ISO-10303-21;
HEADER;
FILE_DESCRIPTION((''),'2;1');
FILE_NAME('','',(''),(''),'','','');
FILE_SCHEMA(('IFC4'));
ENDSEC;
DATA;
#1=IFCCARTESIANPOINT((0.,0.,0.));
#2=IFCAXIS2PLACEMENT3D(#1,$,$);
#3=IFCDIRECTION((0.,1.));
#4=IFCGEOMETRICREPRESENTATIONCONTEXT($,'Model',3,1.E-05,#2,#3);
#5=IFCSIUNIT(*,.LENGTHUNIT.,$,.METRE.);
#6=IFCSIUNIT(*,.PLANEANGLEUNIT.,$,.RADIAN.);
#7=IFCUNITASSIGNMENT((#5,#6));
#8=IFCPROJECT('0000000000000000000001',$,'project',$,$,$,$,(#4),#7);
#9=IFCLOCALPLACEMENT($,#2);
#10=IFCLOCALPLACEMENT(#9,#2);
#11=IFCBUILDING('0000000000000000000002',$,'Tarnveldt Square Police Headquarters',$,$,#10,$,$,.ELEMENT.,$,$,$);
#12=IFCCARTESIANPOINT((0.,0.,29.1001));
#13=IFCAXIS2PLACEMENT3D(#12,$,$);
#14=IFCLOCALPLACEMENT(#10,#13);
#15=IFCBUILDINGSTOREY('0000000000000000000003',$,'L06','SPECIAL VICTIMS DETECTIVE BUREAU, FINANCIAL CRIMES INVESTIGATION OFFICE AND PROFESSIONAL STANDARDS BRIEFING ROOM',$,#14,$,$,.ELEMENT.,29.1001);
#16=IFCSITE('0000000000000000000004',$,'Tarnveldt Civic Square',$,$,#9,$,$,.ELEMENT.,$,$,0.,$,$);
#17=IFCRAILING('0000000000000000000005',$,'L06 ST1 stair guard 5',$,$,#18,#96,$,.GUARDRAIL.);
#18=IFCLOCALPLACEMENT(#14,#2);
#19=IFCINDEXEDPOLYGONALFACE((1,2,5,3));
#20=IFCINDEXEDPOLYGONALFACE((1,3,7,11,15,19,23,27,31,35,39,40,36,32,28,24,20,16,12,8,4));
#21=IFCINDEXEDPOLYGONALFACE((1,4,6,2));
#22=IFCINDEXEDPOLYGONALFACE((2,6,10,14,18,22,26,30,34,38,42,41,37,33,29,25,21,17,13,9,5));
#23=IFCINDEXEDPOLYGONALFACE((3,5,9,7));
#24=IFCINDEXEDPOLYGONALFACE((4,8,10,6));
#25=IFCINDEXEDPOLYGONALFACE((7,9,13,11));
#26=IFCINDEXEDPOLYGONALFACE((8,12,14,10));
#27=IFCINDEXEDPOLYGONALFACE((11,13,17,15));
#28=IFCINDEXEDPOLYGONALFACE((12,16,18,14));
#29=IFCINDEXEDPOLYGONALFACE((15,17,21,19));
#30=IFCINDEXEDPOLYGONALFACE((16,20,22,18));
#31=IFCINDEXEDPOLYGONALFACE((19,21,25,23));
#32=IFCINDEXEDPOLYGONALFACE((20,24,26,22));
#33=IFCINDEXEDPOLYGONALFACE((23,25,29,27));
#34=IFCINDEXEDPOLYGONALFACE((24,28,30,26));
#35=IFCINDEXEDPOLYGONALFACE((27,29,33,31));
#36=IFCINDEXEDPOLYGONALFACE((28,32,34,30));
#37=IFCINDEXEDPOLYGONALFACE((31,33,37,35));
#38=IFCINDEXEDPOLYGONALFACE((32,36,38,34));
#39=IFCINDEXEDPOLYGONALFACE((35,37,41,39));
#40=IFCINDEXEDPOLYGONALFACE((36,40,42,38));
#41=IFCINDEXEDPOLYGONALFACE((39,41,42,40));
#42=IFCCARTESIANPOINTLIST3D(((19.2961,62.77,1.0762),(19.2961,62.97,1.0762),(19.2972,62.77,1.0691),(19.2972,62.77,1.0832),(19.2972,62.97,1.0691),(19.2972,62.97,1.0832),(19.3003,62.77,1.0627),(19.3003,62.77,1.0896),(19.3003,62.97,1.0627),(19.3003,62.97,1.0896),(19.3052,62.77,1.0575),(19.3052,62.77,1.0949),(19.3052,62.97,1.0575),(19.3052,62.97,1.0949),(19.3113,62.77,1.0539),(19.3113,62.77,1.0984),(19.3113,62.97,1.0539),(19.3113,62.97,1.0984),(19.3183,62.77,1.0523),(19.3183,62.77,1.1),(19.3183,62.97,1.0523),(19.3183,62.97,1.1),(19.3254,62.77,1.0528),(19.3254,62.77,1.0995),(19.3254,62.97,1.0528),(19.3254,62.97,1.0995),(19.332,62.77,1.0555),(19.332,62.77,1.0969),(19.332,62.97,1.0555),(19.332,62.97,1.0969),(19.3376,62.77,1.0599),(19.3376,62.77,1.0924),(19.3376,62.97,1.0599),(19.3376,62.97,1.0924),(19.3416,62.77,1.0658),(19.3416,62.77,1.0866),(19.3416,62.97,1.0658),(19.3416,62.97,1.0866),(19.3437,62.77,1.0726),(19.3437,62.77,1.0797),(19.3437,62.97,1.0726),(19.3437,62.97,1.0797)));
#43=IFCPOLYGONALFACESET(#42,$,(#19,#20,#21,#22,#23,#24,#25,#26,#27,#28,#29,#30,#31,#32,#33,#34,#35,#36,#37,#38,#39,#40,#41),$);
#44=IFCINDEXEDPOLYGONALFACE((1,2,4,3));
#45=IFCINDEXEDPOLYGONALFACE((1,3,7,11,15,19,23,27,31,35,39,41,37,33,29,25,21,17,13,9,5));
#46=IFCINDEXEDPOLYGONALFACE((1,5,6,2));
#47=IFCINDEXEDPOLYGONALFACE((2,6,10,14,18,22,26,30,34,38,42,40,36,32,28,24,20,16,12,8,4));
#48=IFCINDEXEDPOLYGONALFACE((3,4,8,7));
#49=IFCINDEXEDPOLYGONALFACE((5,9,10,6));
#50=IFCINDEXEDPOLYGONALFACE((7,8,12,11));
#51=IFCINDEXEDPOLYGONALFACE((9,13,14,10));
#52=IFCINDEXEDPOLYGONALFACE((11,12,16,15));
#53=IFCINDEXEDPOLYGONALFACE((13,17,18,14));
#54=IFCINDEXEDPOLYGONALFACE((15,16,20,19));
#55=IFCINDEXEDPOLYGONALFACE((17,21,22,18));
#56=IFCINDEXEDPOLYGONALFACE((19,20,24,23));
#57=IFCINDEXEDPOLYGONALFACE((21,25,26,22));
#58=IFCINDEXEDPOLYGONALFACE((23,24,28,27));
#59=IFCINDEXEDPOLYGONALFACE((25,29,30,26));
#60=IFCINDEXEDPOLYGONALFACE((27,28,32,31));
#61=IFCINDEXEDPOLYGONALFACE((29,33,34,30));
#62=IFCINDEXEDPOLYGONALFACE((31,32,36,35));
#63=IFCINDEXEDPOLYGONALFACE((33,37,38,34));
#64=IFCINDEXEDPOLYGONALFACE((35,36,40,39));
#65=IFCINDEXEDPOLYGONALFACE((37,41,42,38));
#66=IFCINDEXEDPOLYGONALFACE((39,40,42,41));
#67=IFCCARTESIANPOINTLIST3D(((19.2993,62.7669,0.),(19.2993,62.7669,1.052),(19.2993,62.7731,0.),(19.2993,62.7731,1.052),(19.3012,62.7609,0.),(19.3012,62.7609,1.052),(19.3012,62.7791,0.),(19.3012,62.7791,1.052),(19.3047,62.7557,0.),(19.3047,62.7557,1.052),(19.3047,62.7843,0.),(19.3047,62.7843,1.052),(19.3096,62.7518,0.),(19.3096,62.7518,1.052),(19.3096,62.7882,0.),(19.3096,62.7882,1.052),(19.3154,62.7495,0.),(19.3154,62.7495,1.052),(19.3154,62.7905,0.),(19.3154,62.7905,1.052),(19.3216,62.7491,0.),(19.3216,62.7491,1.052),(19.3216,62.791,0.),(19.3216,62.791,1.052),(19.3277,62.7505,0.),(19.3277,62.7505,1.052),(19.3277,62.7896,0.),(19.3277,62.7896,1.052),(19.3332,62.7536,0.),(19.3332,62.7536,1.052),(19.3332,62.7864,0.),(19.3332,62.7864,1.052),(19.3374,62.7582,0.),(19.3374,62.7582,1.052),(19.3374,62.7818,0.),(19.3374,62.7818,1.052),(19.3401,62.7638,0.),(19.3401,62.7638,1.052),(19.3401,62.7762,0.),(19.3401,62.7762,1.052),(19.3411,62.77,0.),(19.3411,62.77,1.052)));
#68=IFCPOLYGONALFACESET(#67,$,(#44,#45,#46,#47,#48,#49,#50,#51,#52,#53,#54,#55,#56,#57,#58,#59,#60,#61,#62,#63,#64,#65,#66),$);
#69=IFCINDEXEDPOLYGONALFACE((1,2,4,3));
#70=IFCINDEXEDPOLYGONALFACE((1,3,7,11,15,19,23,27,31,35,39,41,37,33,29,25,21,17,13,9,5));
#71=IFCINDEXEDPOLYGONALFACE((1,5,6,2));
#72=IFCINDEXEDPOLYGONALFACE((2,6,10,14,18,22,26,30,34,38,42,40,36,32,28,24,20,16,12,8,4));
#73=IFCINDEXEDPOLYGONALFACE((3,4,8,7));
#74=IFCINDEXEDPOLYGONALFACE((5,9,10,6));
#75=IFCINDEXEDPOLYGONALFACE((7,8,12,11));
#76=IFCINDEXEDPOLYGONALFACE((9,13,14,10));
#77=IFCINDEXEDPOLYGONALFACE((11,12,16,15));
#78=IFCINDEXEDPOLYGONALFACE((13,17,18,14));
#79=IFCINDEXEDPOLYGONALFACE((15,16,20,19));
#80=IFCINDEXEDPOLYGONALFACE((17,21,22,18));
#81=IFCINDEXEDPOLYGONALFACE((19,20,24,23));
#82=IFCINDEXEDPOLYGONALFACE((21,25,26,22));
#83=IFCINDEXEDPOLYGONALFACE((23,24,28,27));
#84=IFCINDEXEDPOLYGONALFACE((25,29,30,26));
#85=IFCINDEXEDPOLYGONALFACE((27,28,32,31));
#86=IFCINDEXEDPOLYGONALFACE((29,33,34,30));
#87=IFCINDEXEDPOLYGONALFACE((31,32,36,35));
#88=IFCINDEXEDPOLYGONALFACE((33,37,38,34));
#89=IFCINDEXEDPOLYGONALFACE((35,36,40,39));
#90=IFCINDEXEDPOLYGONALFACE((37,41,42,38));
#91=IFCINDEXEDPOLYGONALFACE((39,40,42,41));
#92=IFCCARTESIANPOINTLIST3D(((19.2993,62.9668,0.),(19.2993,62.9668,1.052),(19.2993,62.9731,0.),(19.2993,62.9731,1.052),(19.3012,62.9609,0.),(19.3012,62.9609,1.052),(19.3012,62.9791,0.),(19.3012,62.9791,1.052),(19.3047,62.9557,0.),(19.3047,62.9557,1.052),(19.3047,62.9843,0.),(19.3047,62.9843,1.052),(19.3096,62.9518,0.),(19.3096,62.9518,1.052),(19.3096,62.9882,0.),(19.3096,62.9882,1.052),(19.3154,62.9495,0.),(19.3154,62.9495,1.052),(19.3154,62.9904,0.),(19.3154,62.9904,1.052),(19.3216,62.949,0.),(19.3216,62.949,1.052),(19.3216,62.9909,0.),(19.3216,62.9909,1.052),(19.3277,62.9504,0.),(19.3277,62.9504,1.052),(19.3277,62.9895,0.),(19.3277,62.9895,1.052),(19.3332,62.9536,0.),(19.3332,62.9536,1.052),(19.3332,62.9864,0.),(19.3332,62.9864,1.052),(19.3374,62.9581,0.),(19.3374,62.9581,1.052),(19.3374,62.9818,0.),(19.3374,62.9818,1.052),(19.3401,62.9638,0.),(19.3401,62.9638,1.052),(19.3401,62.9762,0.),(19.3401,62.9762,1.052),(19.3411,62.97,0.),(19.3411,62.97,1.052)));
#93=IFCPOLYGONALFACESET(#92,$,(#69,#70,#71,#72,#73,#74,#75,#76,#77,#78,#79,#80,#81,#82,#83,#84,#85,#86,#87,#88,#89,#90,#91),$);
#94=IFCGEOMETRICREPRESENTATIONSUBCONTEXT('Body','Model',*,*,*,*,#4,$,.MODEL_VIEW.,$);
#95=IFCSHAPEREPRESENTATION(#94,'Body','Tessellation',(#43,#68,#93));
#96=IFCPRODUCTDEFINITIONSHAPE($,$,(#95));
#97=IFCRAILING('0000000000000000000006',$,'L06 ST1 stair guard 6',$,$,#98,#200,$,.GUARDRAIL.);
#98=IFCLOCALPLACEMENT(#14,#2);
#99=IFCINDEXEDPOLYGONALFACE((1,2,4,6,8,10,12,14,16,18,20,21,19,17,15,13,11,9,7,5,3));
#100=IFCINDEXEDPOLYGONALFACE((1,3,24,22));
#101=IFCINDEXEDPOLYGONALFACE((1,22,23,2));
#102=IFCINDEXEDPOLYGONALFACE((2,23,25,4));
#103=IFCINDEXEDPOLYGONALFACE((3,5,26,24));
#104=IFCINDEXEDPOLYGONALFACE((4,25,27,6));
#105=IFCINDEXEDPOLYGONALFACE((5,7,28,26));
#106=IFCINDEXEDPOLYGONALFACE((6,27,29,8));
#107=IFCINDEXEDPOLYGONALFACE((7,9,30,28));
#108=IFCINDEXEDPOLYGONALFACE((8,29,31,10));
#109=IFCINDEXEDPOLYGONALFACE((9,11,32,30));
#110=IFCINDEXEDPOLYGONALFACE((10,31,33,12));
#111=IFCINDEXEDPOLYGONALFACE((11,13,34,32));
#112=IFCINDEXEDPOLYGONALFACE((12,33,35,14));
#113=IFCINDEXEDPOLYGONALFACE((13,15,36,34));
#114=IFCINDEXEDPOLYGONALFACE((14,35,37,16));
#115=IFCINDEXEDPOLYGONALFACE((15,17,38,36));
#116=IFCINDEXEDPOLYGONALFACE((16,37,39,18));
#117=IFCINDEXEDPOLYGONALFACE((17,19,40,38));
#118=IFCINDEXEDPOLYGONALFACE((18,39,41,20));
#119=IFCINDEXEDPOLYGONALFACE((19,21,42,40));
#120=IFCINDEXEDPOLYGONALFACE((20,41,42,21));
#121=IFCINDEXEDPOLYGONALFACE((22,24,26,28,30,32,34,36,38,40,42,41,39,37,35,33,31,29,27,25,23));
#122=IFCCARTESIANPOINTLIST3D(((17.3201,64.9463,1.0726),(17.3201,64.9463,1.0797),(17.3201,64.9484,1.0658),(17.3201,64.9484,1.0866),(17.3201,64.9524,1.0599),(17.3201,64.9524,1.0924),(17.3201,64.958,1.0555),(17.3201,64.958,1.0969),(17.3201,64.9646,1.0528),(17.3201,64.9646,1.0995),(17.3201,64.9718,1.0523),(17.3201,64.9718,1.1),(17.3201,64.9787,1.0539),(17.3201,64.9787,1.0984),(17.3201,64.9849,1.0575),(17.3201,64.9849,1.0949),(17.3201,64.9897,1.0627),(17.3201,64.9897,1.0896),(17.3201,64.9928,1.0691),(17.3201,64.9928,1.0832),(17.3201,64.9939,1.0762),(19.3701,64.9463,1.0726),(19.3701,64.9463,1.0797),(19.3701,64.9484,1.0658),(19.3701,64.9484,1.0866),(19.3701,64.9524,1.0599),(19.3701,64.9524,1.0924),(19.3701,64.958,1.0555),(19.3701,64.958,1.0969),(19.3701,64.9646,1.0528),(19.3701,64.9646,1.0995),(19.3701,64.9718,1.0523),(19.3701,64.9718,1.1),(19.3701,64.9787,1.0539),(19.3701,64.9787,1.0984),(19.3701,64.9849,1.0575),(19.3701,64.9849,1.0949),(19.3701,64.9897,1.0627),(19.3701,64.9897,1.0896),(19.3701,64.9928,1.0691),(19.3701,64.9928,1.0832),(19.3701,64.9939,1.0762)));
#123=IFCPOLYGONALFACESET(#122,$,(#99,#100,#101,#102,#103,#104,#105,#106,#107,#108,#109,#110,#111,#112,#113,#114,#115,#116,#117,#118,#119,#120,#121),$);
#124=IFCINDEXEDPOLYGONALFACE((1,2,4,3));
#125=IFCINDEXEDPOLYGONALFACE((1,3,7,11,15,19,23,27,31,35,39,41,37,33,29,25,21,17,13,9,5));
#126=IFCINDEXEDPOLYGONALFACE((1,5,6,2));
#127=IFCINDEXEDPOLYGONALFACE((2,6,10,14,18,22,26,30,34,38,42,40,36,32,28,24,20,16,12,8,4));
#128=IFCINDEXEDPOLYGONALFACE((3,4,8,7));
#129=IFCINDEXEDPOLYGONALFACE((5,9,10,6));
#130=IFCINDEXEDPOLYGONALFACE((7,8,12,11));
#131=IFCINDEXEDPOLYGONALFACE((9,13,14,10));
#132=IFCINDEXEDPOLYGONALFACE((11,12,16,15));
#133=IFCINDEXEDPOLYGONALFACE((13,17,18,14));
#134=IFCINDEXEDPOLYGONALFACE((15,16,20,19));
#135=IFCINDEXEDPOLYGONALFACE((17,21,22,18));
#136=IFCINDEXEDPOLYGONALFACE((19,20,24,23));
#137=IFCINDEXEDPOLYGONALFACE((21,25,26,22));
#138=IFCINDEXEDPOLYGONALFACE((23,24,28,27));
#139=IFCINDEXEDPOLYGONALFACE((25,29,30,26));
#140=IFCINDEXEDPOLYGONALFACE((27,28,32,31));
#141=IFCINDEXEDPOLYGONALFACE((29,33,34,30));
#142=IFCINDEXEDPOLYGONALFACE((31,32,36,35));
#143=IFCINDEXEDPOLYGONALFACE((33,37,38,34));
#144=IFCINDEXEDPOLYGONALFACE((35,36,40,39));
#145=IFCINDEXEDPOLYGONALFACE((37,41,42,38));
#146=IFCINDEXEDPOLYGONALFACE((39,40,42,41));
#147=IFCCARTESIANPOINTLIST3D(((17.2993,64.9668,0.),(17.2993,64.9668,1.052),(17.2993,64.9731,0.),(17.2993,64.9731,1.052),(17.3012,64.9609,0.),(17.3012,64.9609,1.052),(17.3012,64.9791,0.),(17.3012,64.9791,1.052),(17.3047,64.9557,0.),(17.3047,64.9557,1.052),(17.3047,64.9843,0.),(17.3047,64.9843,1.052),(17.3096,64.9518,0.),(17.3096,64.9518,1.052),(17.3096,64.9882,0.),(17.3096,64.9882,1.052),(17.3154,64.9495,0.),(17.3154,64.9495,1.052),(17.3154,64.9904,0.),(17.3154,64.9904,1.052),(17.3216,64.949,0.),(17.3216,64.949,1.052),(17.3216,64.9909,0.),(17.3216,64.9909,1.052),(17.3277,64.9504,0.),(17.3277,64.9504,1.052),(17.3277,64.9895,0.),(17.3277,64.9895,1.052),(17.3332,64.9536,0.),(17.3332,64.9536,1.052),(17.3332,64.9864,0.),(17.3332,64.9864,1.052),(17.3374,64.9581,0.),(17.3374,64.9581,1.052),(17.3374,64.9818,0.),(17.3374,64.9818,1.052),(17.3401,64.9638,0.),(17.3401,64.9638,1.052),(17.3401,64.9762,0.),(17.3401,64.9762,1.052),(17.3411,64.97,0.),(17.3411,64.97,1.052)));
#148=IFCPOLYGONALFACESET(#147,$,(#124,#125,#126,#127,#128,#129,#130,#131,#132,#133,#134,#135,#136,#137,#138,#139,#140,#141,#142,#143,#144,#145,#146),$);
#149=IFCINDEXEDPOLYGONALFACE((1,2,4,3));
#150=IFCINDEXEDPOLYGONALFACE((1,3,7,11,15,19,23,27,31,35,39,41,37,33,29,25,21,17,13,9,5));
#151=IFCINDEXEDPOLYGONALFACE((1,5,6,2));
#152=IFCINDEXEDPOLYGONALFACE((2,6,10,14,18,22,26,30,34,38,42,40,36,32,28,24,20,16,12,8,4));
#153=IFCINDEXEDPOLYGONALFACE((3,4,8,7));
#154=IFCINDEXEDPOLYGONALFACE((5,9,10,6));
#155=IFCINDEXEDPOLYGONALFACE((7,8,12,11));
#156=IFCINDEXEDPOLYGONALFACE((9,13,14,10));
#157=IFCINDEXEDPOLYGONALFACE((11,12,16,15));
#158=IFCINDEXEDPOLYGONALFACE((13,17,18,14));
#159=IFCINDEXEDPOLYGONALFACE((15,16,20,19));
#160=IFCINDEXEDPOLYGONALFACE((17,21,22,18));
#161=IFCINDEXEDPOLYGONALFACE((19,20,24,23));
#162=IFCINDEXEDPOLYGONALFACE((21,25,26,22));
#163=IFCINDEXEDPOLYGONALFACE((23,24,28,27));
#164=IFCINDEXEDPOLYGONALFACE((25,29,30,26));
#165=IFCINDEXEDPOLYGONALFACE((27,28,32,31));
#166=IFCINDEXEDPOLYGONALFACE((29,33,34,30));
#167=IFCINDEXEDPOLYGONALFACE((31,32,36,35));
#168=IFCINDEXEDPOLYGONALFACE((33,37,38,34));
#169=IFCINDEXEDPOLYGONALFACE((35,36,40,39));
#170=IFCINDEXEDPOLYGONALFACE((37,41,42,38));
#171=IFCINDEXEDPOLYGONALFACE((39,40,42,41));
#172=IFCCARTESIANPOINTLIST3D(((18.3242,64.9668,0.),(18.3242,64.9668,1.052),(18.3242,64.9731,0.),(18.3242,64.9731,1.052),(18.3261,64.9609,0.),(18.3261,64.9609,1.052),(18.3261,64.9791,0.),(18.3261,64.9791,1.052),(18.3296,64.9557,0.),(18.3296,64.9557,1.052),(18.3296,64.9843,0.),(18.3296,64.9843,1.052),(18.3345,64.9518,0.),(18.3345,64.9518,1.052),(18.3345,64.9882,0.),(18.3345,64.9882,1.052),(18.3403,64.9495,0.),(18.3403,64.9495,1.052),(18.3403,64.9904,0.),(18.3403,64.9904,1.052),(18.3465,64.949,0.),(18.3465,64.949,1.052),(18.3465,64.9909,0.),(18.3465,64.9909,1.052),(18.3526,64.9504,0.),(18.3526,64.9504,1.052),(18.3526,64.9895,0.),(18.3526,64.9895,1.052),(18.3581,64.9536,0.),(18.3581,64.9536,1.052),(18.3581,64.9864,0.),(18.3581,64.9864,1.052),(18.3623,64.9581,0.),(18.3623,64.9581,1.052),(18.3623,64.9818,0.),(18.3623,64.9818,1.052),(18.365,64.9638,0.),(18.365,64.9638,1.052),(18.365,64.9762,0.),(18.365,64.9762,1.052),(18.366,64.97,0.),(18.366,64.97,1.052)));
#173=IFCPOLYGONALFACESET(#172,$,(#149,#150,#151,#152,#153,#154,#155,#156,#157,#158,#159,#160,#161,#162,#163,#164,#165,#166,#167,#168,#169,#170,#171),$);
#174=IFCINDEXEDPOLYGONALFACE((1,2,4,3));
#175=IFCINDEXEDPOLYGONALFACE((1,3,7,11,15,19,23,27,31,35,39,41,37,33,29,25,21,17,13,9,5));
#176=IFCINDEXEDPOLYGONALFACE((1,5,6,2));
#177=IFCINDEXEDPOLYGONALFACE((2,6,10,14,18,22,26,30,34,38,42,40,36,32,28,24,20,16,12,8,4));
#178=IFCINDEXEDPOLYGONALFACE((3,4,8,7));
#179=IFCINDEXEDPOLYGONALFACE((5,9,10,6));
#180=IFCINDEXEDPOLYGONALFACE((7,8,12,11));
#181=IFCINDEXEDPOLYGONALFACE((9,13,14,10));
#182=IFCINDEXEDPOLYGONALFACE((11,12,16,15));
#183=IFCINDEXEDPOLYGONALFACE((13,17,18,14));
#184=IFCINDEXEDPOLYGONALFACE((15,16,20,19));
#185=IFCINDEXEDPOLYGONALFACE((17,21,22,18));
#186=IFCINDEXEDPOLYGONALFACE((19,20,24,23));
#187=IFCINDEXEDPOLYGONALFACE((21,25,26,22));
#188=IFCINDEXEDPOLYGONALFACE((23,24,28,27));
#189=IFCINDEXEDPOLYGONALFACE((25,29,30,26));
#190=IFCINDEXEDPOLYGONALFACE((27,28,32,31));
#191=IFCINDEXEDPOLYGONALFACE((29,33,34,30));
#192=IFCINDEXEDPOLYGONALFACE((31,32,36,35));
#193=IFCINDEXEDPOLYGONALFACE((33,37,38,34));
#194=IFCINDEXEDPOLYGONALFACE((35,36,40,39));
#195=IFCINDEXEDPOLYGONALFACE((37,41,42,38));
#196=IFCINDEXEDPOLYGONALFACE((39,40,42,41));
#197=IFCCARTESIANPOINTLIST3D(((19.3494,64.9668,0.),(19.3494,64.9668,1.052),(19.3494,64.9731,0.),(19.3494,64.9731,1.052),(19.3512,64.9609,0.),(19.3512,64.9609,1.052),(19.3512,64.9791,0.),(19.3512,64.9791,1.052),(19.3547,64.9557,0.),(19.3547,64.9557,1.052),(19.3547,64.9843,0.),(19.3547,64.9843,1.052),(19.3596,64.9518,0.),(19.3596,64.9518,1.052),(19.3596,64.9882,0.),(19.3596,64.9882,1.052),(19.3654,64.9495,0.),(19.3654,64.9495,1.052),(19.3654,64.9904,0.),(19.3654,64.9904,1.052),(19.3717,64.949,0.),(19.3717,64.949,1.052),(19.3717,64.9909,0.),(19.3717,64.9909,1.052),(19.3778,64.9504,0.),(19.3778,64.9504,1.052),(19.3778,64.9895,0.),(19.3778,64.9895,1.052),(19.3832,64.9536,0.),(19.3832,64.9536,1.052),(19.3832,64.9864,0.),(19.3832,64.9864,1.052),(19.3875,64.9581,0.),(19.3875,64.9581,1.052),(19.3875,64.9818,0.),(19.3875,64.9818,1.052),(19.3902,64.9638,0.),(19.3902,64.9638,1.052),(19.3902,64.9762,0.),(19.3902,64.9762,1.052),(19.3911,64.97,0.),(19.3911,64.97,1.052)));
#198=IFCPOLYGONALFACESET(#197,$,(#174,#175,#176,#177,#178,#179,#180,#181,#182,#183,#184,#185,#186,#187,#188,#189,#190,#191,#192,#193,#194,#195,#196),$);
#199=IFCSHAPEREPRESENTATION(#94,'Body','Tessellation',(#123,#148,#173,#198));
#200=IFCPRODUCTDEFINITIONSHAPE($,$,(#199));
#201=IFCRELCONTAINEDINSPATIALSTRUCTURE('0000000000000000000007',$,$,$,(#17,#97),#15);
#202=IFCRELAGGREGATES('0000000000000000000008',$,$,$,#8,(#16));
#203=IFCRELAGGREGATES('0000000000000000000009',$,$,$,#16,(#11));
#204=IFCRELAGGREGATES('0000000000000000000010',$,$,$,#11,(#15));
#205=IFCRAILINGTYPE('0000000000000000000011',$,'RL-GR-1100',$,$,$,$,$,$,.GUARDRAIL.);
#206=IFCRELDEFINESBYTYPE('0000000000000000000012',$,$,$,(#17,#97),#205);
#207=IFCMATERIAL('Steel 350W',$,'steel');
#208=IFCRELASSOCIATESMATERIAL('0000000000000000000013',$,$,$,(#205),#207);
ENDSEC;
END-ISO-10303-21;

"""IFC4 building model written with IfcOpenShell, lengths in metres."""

from ifc_helpers import new_model, si_unit, direction, frame, origin, origin_2d, place, context, subcontext, project, spatial, circle, extrude, material, type_object, element, save


model = new_model("IFC4")

# Units and contexts
model_context = context("Model", 3, precision=1e-05, world=origin(), true_north=direction((0.0, 1.0)))
body_context = subcontext(model_context, "Body", "Model", "MODEL_VIEW")
ifc_project = project(units=[si_unit("LENGTHUNIT", "METRE"), si_unit("PLANEANGLEUNIT", "RADIAN")], contexts=[model_context])

# Site, building, storey
site_placement = place(None, origin())
site = spatial("IfcSite", under=ifc_project, at=site_placement, Name="Tarnveldt Civic Square", CompositionType="ELEMENT", RefElevation=0.0)
building_placement = place(site_placement, origin())
building = spatial("IfcBuilding", under=site, at=building_placement, Name="Tarnveldt Square Police Headquarters", CompositionType="ELEMENT")
storey_placement = place(building_placement, frame((0.0, 0.0, 29.1001)))
storey = spatial("IfcBuildingStorey", under=building, at=storey_placement, Name="L06", Description="SPECIAL VICTIMS DETECTIVE BUREAU, FINANCIAL CRIMES INVESTIGATION OFFICE AND PROFESSIONAL STANDARDS BRIEFING ROOM", CompositionType="ELEMENT", Elevation=29.1001)

# Shared definitions
ifc_material_1 = material(Name="Steel 350W", Category="steel")

# Railings
railing_type_1 = type_object("IfcRailingType", Name="RL-GR-1100", PredefinedType="GUARDRAIL", material=ifc_material_1)
railing_1_placement = place(storey_placement, frame((19.3201, 62.77, 0.0)))
element("IfcRailing", 1, at=railing_1_placement, inside=storey, type_object=railing_type_1, Name="L06 ST1 stair guard 5", PredefinedType="GUARDRAIL", context=body_context, shape_type="SweptSolid", body=[
    extrude(circle(Radius=0.0239, at=origin_2d()), frame((0.0, 0.0, 1.0762), z_axis=(0.0, 1.0, 0.0), x_axis=(-1.0, 0.0, 0.0)), (0.0, 0.0, 1.0), 0.2),
    extrude(circle(Radius=0.021, at=origin_2d()), origin(), (0.0, 0.0, 1.0), 1.052),
    extrude(circle(Radius=0.021, at=origin_2d()), frame((0.0, 0.2, 0.0)), (0.0, 0.0, 1.0), 1.052),
])
railing_2_placement = place(storey_placement, frame((17.3201, 64.97, 0.0)))
element("IfcRailing", 2, at=railing_2_placement, inside=storey, type_object=railing_type_1, Name="L06 ST1 stair guard 6", PredefinedType="GUARDRAIL", context=body_context, shape_type="SweptSolid", body=[
    extrude(circle(Radius=0.0239, at=origin_2d()), frame((0.0, 0.0, 1.0762), z_axis=(1.0, 0.0, 0.0), x_axis=(0.0, 1.0, 0.0)), (0.0, 0.0, 1.0), 2.05),
    extrude(circle(Radius=0.021, at=origin_2d()), origin(), (0.0, 0.0, 1.0), 1.052),
    extrude(circle(Radius=0.021, at=origin_2d()), frame((1.0249, 0.0, 0.0)), (0.0, 0.0, 1.0), 1.052),
    extrude(circle(Radius=0.021, at=origin_2d()), frame((2.05, 0.0, 0.0)), (0.0, 0.0, 1.0), 1.052),
])

save(model, "model.ifc")
